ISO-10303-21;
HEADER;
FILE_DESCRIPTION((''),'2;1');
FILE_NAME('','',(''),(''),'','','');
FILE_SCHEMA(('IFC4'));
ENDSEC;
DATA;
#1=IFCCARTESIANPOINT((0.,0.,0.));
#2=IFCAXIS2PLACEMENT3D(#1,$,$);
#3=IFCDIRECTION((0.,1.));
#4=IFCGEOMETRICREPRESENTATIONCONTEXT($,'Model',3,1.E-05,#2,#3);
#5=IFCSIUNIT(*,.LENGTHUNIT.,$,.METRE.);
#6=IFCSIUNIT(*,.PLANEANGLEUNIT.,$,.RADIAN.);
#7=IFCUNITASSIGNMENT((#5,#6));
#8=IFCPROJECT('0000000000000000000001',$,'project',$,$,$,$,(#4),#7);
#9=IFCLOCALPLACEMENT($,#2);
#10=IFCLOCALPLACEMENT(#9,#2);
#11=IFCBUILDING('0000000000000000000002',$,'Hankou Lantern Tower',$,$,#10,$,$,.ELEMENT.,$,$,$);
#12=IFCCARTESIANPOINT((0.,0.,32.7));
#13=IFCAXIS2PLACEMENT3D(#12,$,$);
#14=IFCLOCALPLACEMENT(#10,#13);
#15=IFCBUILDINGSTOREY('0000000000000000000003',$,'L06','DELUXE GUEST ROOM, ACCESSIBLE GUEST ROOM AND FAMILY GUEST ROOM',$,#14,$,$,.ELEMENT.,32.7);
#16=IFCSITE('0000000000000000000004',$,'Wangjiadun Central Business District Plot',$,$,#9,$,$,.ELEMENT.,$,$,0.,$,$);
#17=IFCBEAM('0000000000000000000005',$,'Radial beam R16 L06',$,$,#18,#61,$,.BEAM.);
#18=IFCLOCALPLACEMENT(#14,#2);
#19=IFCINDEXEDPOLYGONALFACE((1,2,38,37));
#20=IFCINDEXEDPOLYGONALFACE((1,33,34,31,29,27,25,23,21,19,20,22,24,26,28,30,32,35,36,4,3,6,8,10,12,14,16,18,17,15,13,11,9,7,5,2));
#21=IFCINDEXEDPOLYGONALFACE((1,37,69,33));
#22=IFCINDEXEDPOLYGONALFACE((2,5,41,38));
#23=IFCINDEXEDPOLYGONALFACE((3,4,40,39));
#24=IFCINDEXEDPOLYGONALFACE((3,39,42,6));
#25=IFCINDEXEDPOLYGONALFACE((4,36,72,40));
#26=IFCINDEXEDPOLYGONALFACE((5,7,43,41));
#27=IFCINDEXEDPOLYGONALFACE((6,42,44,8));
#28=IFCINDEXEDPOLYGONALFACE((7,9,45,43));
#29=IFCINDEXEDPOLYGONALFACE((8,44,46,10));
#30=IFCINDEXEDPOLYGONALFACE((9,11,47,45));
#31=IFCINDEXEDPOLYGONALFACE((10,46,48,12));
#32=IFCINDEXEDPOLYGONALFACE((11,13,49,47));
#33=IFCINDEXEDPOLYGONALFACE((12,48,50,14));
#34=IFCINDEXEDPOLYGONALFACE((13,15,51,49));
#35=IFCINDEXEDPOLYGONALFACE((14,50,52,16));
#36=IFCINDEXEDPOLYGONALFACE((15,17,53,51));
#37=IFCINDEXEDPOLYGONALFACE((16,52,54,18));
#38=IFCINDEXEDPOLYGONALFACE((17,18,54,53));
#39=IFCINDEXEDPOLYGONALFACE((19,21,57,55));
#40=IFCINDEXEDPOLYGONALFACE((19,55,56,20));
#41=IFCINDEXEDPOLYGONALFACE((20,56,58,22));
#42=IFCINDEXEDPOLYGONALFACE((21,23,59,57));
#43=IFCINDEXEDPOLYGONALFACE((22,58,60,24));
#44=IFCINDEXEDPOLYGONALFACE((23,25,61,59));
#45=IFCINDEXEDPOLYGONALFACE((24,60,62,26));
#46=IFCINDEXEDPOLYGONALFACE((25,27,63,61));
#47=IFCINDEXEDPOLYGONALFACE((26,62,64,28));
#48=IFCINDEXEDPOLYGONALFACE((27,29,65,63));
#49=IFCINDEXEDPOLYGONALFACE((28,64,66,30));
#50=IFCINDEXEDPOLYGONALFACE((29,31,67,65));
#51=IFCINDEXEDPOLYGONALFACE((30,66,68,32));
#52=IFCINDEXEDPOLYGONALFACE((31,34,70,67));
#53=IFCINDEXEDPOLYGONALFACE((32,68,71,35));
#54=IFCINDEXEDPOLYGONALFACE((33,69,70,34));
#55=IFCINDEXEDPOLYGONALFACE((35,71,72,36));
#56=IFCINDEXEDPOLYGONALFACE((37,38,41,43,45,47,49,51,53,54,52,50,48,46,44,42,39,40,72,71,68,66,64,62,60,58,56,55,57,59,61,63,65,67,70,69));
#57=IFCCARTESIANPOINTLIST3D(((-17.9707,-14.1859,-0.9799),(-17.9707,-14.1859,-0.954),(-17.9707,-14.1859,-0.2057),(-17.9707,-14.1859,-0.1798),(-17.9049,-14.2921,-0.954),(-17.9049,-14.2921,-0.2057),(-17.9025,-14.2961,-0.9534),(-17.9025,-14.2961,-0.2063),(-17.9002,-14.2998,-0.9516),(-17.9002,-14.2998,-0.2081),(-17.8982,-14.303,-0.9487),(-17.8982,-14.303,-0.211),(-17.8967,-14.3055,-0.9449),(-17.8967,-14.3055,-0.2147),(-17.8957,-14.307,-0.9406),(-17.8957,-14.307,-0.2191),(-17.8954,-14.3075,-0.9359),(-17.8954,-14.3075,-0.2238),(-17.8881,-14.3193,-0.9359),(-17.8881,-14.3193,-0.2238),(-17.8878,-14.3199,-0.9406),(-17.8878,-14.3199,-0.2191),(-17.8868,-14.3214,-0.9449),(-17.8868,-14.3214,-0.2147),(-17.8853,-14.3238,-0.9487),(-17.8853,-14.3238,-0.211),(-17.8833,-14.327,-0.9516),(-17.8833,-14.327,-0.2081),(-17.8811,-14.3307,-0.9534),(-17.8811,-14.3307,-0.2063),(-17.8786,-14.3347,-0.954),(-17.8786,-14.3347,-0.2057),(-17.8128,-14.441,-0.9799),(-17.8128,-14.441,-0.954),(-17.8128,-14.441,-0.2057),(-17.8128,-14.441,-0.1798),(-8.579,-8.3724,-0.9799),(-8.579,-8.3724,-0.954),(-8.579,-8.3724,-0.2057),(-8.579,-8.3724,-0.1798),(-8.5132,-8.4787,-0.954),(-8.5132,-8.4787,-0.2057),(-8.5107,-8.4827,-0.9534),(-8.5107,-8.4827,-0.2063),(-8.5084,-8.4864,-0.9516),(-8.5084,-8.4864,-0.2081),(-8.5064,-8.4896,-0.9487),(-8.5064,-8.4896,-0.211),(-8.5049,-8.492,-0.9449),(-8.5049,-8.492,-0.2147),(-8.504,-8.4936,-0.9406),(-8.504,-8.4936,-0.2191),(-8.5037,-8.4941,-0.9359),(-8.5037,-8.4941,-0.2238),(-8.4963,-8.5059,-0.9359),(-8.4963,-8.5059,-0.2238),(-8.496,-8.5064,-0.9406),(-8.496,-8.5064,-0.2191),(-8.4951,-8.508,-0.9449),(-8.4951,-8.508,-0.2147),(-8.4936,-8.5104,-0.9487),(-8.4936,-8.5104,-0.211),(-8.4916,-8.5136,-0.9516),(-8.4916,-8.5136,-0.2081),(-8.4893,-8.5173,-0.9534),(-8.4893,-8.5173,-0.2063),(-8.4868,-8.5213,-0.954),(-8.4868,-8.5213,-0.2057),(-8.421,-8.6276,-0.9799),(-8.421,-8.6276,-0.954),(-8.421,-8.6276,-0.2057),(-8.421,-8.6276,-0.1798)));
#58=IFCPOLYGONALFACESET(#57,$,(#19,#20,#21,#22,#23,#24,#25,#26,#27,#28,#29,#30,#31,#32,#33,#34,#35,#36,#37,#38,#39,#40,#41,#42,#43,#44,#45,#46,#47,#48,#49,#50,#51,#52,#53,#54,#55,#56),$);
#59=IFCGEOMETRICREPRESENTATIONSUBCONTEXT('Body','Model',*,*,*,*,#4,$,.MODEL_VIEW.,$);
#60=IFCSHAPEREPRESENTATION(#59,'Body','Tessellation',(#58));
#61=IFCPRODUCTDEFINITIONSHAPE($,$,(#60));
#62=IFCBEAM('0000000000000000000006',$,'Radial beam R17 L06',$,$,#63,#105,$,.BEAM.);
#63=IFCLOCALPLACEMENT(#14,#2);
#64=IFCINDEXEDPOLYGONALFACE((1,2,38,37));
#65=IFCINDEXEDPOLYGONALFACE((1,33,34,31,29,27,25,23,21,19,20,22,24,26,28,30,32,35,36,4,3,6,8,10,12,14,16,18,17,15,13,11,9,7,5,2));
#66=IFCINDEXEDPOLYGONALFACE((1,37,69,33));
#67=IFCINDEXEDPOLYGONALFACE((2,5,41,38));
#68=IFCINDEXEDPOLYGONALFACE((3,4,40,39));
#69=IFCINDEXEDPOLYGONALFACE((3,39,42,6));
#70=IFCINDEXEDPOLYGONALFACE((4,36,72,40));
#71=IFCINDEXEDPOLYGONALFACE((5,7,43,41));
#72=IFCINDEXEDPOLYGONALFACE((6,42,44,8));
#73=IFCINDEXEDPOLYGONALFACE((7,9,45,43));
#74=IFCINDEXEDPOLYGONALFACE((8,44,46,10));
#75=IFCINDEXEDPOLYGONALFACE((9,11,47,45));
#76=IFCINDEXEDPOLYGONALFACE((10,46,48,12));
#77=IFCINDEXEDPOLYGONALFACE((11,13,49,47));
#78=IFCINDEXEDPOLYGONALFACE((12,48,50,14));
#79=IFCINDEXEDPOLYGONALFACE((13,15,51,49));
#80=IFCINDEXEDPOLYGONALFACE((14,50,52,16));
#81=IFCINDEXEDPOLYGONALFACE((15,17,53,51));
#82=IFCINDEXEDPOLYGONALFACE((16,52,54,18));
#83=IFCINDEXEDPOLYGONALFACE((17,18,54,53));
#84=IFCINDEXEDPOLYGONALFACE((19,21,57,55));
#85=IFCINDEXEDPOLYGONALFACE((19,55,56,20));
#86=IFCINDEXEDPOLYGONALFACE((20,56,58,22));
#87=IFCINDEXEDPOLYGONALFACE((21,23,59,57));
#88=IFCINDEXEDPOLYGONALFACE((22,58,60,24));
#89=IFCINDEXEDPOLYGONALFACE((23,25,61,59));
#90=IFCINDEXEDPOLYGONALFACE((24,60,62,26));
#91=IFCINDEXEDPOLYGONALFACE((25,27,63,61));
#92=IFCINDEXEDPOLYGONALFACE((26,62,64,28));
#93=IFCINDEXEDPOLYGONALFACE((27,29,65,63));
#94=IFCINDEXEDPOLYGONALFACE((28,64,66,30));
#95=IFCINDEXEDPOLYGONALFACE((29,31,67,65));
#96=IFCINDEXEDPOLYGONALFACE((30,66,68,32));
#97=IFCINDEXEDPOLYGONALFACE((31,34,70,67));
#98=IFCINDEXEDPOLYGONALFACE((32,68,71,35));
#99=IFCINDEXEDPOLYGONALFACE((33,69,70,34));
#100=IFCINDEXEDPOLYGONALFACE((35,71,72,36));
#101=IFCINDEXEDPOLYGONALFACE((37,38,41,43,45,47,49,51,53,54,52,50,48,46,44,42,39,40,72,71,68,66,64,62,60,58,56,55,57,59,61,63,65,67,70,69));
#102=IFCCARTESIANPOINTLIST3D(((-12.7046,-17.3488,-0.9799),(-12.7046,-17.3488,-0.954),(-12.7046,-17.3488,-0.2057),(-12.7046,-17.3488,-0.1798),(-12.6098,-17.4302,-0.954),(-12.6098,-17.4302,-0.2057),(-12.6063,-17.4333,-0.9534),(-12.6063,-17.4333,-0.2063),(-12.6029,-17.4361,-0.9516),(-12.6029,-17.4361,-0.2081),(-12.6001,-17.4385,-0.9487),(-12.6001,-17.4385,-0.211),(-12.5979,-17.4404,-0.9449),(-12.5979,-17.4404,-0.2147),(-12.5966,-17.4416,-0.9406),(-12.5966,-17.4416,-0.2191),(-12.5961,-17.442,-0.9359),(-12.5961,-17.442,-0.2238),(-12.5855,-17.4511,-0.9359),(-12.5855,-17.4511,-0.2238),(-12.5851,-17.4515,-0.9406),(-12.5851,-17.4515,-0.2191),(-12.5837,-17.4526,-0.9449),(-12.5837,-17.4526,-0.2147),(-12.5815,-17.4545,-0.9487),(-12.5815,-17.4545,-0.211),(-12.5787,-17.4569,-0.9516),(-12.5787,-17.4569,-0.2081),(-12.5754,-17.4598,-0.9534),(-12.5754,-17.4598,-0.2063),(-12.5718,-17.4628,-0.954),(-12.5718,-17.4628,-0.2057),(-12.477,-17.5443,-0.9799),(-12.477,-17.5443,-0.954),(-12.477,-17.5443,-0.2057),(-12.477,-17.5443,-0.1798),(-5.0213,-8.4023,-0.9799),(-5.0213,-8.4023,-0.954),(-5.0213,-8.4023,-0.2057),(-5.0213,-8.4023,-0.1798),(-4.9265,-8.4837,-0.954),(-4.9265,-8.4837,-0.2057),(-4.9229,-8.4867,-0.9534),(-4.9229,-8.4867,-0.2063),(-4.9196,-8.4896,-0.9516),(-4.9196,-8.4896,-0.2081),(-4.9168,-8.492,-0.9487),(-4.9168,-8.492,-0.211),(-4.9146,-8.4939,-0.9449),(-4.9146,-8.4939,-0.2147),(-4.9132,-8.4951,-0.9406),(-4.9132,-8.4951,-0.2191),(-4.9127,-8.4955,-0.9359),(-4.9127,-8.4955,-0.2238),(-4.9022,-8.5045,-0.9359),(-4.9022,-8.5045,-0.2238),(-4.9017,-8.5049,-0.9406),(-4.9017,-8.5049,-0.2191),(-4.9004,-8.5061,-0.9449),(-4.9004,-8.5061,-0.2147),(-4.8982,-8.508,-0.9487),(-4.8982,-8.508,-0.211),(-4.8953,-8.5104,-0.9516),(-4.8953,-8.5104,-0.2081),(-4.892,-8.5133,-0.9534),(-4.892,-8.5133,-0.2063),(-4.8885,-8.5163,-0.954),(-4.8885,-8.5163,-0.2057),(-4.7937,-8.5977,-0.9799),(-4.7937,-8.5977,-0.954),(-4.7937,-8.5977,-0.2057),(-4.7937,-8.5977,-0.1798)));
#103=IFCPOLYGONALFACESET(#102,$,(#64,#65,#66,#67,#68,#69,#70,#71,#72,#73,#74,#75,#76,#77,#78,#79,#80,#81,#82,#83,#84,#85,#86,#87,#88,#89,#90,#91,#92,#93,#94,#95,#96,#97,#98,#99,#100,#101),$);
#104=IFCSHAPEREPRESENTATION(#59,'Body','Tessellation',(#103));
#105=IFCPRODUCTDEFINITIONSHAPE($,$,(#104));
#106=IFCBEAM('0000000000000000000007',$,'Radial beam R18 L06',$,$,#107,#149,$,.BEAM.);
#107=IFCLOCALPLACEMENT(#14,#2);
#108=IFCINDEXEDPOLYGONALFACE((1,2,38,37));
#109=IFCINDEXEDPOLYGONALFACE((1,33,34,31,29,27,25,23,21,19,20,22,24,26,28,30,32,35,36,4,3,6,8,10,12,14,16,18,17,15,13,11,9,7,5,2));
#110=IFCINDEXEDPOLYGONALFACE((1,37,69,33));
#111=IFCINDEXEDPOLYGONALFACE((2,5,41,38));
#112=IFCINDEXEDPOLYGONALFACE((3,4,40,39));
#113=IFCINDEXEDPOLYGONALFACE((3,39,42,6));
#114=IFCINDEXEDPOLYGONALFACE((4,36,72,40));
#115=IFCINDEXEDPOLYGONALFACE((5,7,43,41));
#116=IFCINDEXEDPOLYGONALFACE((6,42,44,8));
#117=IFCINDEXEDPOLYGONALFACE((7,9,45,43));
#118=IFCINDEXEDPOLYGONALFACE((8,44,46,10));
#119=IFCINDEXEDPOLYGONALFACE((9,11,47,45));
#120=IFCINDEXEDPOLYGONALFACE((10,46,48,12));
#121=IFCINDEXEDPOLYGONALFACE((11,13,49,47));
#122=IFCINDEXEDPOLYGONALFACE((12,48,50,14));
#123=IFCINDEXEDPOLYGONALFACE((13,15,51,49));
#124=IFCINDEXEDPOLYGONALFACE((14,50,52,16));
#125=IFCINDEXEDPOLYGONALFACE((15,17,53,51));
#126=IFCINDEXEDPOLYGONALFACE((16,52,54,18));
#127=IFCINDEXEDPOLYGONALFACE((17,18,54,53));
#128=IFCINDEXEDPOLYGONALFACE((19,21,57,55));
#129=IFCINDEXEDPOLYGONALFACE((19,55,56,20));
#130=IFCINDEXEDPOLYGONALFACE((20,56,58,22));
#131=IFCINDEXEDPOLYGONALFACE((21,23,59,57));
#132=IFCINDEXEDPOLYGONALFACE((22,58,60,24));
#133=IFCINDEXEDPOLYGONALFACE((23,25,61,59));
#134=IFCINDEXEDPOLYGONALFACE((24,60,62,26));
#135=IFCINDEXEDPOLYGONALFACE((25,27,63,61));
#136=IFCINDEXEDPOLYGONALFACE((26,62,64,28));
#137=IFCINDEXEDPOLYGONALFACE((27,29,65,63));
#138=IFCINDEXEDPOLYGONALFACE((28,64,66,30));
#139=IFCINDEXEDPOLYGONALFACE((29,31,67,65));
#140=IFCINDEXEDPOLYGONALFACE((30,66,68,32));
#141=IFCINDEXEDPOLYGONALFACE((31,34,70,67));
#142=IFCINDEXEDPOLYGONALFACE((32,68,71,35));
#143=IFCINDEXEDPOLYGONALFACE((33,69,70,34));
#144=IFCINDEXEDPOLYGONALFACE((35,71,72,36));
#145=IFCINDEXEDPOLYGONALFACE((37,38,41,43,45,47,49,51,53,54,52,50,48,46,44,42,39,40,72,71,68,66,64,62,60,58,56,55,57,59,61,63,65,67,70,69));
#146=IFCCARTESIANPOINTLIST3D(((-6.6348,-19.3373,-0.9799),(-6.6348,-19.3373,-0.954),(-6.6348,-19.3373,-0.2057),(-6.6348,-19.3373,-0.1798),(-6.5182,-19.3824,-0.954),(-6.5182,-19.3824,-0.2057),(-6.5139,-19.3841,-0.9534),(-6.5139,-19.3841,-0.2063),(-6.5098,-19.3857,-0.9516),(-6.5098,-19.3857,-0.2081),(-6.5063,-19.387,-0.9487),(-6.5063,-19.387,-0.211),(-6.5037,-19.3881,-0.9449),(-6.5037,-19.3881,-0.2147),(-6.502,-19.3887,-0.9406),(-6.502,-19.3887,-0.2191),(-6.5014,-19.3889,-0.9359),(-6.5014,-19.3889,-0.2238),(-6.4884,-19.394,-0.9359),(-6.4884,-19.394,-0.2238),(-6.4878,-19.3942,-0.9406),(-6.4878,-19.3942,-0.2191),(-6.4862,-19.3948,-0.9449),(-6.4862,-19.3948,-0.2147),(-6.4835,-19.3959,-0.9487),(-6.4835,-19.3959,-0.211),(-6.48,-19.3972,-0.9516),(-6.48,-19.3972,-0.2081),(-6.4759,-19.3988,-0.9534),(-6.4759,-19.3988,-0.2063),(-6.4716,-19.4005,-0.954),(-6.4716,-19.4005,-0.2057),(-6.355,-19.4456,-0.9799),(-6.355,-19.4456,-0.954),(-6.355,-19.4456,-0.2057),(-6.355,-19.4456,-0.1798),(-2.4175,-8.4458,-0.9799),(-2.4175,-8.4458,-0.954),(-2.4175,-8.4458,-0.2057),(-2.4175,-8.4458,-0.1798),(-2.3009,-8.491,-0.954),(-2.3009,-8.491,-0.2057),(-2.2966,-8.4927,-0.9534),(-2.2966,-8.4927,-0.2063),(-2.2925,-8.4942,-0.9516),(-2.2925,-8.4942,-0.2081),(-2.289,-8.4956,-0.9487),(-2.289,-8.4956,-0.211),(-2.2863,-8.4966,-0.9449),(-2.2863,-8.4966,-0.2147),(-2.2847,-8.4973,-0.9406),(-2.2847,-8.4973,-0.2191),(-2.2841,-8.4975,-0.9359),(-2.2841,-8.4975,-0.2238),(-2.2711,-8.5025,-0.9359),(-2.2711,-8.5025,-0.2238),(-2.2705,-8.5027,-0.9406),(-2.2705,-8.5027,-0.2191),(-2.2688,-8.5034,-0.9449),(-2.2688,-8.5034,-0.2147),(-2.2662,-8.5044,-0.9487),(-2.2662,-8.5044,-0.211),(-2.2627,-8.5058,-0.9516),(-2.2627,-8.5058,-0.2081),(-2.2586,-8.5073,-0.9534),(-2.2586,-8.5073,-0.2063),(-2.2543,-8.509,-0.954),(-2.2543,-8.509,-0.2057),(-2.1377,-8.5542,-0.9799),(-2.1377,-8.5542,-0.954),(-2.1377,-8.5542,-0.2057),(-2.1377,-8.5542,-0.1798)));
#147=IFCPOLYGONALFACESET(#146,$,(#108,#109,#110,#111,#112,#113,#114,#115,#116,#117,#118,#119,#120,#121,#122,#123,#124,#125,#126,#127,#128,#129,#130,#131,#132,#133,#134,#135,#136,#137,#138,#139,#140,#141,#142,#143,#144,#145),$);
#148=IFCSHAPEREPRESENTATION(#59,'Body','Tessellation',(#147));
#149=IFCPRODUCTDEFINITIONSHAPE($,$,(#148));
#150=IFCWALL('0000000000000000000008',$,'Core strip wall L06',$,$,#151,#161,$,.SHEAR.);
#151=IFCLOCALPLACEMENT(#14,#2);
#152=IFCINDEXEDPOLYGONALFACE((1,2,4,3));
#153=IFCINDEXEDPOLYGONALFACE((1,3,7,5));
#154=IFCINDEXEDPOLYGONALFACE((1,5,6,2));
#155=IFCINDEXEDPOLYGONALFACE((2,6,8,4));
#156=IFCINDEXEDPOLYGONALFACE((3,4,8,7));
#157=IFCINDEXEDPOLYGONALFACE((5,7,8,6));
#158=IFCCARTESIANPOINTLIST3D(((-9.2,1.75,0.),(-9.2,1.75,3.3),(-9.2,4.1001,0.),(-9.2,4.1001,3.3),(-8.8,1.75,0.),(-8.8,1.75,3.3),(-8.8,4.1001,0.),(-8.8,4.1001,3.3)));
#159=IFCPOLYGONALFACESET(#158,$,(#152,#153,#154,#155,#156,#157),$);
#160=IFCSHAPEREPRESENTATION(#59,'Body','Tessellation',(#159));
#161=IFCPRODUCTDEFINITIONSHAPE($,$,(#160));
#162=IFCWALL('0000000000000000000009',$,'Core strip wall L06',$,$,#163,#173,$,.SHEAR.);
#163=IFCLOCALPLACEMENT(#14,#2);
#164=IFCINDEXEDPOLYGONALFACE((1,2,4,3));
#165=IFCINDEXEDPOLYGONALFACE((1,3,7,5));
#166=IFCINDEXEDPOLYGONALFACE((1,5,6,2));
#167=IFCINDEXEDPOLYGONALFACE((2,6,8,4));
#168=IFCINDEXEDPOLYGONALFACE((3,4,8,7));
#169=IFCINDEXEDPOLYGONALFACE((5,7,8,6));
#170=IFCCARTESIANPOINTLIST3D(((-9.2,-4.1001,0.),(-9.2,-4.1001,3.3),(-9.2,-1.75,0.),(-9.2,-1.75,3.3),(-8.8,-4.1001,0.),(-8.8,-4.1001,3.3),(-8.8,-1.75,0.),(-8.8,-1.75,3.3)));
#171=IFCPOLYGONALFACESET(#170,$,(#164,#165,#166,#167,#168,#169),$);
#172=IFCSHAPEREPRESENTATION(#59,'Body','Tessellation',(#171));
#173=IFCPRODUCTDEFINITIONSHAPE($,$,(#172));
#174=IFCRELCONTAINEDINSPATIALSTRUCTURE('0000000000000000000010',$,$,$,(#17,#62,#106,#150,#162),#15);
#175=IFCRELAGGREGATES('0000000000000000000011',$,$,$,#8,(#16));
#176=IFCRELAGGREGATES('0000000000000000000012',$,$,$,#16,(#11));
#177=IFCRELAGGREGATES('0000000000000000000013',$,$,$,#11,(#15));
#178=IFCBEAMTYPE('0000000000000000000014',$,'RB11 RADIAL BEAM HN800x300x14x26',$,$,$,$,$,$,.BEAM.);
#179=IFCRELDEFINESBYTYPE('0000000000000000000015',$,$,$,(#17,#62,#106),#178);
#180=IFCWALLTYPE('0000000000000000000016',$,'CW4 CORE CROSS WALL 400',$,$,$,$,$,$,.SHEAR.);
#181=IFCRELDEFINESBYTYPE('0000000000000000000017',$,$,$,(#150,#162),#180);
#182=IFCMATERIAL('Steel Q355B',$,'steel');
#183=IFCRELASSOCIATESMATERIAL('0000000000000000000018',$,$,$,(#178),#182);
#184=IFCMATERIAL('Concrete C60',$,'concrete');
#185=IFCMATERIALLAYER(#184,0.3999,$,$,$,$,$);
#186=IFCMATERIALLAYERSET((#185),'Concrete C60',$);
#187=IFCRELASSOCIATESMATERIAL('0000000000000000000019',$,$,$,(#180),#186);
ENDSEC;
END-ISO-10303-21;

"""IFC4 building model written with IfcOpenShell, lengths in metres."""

from ifc_helpers import new_model, si_unit, direction, frame, frame_2d, origin, origin_2d, place, context, subcontext, project, spatial, rectangle, i_section, extrude, material, layer, layer_set, material_profile, profile_set, type_object, element, save


model = new_model("IFC4")

# Units and contexts
model_context = context("Model", 3, precision=1e-05, world=origin(), true_north=direction((0.0, 1.0)))
body_context = subcontext(model_context, "Body", "Model", "MODEL_VIEW")
ifc_project = project(units=[si_unit("LENGTHUNIT", "METRE"), si_unit("PLANEANGLEUNIT", "RADIAN")], contexts=[model_context])

# Site, building, storey
site_placement = place(None, origin())
site = spatial("IfcSite", under=ifc_project, at=site_placement, Name="Wangjiadun Central Business District Plot", CompositionType="ELEMENT", RefElevation=0.0)
building_placement = place(site_placement, origin())
building = spatial("IfcBuilding", under=site, at=building_placement, Name="Hankou Lantern Tower", CompositionType="ELEMENT")
storey_placement = place(building_placement, frame((0.0, 0.0, 32.7)))
storey = spatial("IfcBuildingStorey", under=building, at=storey_placement, Name="L06", Description="DELUXE GUEST ROOM, ACCESSIBLE GUEST ROOM AND FAMILY GUEST ROOM", CompositionType="ELEMENT", Elevation=32.7)

# Beams
ifc_material_1 = material(Name="Steel Q355B", Category="steel")
ifc_material_profile = material_profile(ifc_material_1, i_section(OverallWidth=0.3, OverallDepth=0.8, WebThickness=0.0139, FlangeThickness=0.0259, FilletRadius=0.0181, at=origin_2d()), Name="HN800x300x14x26")
ifc_profile_set = profile_set([ifc_material_profile], Name="Steel Q355B")
beam_type = type_object("IfcBeamType", Name="RB11 RADIAL BEAM HN800x300x14x26", PredefinedType="BEAM", material=ifc_profile_set)
beam_1_placement = place(storey_placement, frame((-8.5, -8.5, -0.5798), z_axis=(-0.850286, -0.52632, 0.0), x_axis=(0.52632, -0.850286, 0.0)))
element("IfcBeam", 1, at=beam_1_placement, inside=storey, type_object=beam_type, Name="Radial beam R16 L06", PredefinedType="BEAM", context=body_context, shape_type="SweptSolid", body=[
    extrude(i_section(OverallWidth=0.3, OverallDepth=0.8, WebThickness=0.0139, FlangeThickness=0.0259, FilletRadius=0.0181, at=origin_2d()), origin(), (0.0, 0.0, 1.0), 11.0454),
])
beam_2_placement = place(storey_placement, frame((-4.9075, -8.5, -0.5798), z_axis=(-0.651519, -0.758632, 0.0), x_axis=(0.758632, -0.651519, 0.0)))
element("IfcBeam", 2, at=beam_2_placement, inside=storey, type_object=beam_type, Name="Radial beam R17 L06", PredefinedType="BEAM", context=body_context, shape_type="SweptSolid", body=[
    extrude(i_section(OverallWidth=0.3, OverallDepth=0.8, WebThickness=0.0139, FlangeThickness=0.0259, FilletRadius=0.0181, at=origin_2d()), origin(), (0.0, 0.0, 1.0), 11.793),
])
beam_3_placement = place(storey_placement, frame((-2.2776, -8.5, -0.5798), z_axis=(-0.361089, -0.932531, 0.0), x_axis=(0.932531, -0.361089, 0.0)))
element("IfcBeam", 3, at=beam_3_placement, inside=storey, type_object=beam_type, Name="Radial beam R18 L06", PredefinedType="BEAM", context=body_context, shape_type="SweptSolid", body=[
    extrude(i_section(OverallWidth=0.3, OverallDepth=0.8, WebThickness=0.0139, FlangeThickness=0.0259, FilletRadius=0.0181, at=origin_2d()), origin(), (0.0, 0.0, 1.0), 11.6794),
])

# Walls
ifc_material_2 = material(Name="Concrete C60", Category="concrete")
ifc_layer_1 = layer(ifc_material_2, 0.3999)
ifc_layer_set_1 = layer_set([ifc_layer_1], Name="Concrete C60")
wall_type_1 = type_object("IfcWallType", Name="CW4 CORE CROSS WALL 400", PredefinedType="SHEAR", material=ifc_layer_set_1)
for number, where, z_axis, x_axis, name in (
    (4, (-9.0, 1.75, 0.0), (0.0, 0.0, 1.0), (0.0, 1.0, 0.0), "Core strip wall L06"),
    (5, (-9.0, -4.1001, 0.0), (0.0, 0.0, 1.0), (0.0, 1.0, 0.0), "Core strip wall L06"),
):
    element("IfcWall", number, at=place(storey_placement, frame(where, z_axis=z_axis, x_axis=x_axis)), inside=storey, type_object=wall_type_1, Name=name, PredefinedType="SHEAR", context=body_context, shape_type="SweptSolid", body=[
        extrude(rectangle(XDim=2.3501, YDim=0.3999, at=frame_2d((1.175, 0.0))), origin(), (0.0, 0.0, 1.0), 3.3),
    ])

save(model, "model.ifc")
